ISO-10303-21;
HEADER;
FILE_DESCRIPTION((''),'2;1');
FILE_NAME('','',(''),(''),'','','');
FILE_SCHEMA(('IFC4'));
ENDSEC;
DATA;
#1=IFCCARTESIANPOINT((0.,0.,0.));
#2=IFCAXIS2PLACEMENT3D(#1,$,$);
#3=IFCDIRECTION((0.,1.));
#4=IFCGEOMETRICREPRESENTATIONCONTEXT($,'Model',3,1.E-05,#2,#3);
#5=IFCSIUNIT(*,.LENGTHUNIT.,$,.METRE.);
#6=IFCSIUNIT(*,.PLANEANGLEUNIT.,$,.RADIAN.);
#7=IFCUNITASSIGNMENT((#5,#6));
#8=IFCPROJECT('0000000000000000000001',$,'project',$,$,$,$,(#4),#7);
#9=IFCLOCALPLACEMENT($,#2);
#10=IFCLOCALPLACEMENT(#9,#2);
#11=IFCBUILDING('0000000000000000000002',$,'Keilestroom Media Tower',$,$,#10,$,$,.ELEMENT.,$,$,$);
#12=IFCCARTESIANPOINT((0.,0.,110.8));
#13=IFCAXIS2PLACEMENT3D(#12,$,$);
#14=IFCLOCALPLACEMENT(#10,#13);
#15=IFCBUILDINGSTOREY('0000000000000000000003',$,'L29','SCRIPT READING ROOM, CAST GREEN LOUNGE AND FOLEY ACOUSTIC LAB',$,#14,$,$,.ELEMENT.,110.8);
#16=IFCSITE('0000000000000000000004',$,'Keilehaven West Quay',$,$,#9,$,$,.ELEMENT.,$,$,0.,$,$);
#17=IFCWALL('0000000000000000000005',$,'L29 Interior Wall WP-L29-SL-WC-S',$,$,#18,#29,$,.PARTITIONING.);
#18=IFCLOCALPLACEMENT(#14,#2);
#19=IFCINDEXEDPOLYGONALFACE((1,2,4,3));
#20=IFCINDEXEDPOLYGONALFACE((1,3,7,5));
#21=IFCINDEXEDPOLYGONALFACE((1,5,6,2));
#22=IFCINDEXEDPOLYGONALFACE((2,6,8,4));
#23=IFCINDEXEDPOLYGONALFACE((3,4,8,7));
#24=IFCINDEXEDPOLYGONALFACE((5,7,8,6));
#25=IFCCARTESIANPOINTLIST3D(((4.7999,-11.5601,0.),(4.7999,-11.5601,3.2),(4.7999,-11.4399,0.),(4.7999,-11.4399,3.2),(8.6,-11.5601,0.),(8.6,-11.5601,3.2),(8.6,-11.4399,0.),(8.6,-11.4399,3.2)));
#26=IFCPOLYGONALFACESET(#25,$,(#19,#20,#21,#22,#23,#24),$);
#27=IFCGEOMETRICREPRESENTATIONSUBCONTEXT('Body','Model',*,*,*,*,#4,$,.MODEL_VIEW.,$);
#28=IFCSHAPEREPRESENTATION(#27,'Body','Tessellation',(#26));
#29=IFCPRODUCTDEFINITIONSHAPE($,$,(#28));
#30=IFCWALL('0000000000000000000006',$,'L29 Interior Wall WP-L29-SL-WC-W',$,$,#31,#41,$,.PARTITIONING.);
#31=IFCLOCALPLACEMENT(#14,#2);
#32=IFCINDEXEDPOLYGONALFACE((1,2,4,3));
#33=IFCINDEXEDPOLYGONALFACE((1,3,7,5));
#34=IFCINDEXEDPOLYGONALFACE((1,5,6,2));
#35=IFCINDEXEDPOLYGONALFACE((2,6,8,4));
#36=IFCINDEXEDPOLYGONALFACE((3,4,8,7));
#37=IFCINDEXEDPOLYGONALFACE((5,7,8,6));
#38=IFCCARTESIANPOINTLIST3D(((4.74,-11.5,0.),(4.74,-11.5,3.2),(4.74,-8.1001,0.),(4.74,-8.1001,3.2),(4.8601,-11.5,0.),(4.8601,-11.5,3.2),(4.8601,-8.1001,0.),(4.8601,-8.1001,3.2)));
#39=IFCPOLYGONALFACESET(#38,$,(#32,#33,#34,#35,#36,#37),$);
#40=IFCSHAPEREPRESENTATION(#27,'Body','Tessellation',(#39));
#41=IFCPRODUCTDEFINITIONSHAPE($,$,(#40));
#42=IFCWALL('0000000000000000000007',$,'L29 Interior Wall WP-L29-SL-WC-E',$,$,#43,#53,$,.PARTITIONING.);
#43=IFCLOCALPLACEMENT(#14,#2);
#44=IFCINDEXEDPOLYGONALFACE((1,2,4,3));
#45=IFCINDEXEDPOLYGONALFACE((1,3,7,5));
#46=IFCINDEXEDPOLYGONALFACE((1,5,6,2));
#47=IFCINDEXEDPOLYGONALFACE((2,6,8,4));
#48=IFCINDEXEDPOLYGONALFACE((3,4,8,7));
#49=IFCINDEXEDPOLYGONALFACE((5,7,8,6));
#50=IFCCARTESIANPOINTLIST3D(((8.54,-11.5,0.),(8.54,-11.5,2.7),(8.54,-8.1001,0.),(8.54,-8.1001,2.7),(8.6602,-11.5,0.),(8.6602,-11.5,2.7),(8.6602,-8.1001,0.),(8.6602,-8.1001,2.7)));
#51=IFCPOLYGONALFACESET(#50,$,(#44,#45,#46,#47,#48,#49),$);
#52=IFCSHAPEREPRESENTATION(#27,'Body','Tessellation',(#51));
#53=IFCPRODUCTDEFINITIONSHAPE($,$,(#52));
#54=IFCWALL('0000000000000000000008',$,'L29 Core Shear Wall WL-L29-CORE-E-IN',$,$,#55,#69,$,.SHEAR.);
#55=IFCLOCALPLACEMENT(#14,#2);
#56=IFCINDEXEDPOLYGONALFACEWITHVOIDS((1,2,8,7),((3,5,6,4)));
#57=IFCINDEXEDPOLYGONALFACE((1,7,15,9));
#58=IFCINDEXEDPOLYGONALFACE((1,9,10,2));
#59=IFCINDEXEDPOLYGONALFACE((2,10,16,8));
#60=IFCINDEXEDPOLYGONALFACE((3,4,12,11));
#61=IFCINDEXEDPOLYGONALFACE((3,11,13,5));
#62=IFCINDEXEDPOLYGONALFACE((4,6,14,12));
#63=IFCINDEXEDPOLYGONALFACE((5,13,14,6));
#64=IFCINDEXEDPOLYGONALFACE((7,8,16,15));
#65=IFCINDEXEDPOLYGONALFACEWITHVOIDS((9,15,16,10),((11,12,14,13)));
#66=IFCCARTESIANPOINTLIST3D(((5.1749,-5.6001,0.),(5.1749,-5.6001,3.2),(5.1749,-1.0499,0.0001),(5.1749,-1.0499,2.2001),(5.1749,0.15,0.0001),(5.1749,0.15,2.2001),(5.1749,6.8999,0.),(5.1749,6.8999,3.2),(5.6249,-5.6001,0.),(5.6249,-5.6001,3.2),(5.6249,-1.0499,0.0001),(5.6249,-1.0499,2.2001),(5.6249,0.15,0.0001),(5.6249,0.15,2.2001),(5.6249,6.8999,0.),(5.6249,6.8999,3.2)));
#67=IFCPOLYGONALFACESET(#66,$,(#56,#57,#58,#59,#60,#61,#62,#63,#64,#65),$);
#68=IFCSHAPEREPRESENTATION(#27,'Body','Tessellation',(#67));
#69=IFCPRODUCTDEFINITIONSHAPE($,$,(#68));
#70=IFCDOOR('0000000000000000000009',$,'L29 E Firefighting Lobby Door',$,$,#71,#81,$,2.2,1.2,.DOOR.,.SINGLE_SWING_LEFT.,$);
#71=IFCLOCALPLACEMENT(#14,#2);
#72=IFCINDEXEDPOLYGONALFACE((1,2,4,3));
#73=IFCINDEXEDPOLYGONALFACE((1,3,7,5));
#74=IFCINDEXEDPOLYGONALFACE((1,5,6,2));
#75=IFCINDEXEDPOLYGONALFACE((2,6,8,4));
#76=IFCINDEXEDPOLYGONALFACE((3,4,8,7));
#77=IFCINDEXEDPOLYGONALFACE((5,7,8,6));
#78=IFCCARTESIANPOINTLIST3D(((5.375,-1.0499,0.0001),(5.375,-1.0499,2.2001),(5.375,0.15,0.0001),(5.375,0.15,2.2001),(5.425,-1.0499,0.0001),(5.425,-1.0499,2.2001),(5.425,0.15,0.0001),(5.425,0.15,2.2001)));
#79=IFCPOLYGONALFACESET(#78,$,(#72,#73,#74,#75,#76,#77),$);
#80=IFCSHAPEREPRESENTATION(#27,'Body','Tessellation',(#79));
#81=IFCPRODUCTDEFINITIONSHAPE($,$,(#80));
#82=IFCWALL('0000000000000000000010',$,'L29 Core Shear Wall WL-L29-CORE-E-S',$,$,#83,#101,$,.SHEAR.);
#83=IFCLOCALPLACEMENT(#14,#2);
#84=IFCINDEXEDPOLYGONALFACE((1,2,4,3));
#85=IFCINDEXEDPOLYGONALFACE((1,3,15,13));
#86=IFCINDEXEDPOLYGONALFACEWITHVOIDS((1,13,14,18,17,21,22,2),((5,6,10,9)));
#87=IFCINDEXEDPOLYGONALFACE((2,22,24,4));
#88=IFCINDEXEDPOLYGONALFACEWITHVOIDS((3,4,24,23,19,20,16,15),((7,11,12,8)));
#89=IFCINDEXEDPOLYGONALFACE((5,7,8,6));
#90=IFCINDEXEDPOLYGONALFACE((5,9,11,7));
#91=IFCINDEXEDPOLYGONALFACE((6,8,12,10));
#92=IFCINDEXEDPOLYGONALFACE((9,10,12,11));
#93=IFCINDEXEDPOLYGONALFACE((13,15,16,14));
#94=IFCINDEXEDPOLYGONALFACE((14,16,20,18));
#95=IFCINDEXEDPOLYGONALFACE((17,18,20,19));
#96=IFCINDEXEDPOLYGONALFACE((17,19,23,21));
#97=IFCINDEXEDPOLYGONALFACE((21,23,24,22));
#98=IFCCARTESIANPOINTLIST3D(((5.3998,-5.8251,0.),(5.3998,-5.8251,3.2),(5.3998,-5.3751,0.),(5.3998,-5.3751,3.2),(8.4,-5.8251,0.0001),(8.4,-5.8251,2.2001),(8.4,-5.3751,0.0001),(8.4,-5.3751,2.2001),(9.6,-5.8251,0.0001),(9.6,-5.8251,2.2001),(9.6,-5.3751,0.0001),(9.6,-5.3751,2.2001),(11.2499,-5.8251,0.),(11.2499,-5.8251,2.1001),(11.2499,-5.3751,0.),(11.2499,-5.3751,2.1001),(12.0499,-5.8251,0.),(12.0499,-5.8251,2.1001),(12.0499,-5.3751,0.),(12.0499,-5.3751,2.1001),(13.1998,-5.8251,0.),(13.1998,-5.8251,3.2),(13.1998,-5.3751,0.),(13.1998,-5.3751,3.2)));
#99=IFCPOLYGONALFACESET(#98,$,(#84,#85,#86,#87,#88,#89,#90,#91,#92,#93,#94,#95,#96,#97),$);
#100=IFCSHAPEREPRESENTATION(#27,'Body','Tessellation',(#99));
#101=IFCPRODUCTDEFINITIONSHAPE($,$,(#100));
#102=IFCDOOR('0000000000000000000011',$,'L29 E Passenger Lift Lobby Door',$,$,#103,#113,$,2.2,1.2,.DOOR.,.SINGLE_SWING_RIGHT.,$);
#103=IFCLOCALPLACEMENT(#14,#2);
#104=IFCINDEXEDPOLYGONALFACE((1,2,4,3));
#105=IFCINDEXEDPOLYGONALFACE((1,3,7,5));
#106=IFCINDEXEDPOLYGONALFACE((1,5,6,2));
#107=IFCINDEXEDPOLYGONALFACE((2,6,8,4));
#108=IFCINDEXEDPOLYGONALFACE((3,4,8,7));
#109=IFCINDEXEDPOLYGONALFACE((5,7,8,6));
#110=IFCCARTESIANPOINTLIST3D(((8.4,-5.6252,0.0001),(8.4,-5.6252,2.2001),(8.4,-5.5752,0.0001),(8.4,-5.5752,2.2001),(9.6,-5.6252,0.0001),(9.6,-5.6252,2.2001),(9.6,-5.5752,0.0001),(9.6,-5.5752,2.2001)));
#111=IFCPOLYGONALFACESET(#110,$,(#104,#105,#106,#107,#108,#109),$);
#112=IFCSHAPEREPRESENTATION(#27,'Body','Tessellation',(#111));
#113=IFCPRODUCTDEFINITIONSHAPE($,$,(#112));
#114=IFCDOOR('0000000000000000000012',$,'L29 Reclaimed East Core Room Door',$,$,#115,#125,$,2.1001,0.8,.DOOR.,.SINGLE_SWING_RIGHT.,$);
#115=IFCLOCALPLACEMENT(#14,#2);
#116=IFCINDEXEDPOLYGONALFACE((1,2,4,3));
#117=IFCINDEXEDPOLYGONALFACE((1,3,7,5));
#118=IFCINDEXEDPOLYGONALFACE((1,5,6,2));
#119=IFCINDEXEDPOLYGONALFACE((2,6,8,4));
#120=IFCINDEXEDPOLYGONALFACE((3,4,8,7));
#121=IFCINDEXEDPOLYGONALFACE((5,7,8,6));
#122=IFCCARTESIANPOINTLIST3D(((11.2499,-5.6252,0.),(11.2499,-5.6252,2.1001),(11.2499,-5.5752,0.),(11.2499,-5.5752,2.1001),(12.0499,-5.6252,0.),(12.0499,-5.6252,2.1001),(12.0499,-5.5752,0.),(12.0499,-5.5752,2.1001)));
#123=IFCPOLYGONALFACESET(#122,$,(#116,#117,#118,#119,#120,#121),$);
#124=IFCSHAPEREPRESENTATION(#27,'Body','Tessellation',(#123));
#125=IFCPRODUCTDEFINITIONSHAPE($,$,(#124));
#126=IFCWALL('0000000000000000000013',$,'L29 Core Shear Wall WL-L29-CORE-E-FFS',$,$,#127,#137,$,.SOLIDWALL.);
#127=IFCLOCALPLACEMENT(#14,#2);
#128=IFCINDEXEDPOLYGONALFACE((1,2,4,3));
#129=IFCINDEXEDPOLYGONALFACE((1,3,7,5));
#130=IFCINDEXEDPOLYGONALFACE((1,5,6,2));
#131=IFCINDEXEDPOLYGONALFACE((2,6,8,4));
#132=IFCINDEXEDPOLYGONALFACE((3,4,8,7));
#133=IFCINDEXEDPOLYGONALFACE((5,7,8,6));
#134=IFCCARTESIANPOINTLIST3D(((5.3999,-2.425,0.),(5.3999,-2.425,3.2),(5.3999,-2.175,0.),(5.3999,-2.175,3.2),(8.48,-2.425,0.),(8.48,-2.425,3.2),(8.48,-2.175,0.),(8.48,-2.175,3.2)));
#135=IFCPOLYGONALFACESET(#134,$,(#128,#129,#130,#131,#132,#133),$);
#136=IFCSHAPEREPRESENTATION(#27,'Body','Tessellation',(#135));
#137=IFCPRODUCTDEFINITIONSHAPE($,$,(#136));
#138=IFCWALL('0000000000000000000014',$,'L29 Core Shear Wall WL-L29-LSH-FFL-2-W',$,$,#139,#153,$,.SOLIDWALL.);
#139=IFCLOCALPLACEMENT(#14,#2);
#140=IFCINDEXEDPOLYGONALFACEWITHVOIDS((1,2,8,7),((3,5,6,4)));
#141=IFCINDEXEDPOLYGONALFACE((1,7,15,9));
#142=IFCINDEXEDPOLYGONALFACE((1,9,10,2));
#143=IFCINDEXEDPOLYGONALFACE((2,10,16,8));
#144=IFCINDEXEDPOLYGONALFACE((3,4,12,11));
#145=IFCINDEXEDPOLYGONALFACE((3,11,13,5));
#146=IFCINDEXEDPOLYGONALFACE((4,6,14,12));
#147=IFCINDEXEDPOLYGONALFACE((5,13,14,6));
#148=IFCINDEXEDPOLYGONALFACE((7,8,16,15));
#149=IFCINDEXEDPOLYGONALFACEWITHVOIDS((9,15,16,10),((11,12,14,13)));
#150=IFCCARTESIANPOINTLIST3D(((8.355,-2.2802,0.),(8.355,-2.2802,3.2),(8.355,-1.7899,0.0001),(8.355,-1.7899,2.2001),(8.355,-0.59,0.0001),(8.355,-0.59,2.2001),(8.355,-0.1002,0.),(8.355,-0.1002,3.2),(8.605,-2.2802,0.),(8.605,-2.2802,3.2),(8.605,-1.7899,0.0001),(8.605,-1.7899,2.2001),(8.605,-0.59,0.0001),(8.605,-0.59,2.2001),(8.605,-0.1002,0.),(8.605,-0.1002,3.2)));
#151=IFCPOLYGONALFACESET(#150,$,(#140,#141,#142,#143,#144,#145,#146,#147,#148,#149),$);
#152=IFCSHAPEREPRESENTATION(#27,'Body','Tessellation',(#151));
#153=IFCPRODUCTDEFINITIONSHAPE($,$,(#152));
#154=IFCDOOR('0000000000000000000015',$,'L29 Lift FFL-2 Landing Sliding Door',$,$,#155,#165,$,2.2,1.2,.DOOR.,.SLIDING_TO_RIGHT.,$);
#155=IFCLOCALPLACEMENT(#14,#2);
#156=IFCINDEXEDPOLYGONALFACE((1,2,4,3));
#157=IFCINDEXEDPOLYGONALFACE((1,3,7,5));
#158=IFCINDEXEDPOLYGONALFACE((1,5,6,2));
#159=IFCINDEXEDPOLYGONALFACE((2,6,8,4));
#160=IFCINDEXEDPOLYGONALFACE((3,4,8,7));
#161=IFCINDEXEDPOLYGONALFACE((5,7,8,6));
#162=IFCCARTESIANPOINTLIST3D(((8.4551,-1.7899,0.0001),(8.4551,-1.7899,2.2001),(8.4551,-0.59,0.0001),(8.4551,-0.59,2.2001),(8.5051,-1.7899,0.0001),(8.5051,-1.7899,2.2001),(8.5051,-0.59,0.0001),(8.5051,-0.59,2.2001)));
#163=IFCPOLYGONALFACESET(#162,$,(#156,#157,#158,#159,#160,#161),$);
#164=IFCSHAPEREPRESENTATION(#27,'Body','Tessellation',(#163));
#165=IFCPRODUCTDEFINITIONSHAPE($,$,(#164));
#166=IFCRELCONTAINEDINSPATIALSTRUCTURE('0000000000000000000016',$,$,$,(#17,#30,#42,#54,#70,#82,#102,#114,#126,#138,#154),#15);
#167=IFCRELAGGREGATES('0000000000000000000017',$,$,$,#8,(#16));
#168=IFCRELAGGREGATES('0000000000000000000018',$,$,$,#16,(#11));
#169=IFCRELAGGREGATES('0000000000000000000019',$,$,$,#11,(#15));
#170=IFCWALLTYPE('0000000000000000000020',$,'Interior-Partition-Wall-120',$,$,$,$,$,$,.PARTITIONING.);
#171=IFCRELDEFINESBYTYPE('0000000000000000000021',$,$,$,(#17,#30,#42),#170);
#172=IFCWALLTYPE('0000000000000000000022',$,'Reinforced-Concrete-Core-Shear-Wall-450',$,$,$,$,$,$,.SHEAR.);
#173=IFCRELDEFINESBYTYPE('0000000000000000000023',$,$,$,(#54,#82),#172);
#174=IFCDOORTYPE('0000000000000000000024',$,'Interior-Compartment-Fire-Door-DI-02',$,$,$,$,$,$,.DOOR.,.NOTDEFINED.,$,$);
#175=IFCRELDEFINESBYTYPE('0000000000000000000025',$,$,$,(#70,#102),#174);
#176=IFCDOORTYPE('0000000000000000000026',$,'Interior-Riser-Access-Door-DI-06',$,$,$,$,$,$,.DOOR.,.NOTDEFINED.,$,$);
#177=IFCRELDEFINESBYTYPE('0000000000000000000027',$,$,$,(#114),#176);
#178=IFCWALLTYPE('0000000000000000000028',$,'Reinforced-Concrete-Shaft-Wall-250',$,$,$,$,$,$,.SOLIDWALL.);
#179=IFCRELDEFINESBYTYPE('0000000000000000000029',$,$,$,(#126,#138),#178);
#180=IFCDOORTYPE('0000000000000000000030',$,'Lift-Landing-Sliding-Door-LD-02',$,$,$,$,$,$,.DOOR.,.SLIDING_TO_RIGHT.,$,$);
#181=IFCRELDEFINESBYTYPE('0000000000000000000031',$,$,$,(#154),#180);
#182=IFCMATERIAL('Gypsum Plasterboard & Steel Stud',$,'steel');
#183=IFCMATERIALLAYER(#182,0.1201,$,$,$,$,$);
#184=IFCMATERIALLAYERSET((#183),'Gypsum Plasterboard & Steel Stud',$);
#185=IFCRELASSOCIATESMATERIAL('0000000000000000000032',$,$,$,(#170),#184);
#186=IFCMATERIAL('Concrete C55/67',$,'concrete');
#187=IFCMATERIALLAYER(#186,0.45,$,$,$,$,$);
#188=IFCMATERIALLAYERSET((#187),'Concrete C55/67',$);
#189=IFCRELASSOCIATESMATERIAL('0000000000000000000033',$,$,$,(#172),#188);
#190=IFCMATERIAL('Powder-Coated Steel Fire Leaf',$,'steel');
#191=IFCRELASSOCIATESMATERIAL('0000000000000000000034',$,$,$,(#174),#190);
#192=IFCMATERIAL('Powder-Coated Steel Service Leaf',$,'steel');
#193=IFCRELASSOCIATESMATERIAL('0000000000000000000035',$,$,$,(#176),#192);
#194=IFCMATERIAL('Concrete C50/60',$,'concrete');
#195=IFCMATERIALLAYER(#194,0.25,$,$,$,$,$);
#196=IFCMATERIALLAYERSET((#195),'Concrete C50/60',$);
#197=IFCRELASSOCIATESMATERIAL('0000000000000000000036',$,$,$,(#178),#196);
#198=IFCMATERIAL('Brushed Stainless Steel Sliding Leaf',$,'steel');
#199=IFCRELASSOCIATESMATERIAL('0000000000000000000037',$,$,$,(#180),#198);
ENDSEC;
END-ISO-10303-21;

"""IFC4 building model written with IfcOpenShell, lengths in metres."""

from ifc_helpers import new_model, si_unit, direction, frame, frame_2d, origin, place, context, subcontext, project, spatial, rectangle, extrude, source, transform, mapped, material, layer, layer_set, type_object, element, fill, save


model = new_model("IFC4")

# Units and contexts
model_context = context("Model", 3, precision=1e-05, world=origin(), true_north=direction((0.0, 1.0)))
body_context = subcontext(model_context, "Body", "Model", "MODEL_VIEW")
ifc_project = project(units=[si_unit("LENGTHUNIT", "METRE"), si_unit("PLANEANGLEUNIT", "RADIAN")], contexts=[model_context])

# Site, building, storey
site_placement = place(None, origin())
site = spatial("IfcSite", under=ifc_project, at=site_placement, Name="Keilehaven West Quay", CompositionType="ELEMENT", RefElevation=0.0)
building_placement = place(site_placement, origin())
building = spatial("IfcBuilding", under=site, at=building_placement, Name="Keilestroom Media Tower", CompositionType="ELEMENT")
storey_placement = place(building_placement, frame((0.0, 0.0, 110.8)))
storey = spatial("IfcBuildingStorey", under=building, at=storey_placement, Name="L29", Description="SCRIPT READING ROOM, CAST GREEN LOUNGE AND FOLEY ACOUSTIC LAB", CompositionType="ELEMENT", Elevation=110.8)

# Shared definitions
ifc_material_1 = material(Name="Concrete C55/67", Category="concrete")

# Walls
ifc_material_2 = material(Name="Gypsum Plasterboard & Steel Stud", Category="steel")
ifc_layer_1 = layer(ifc_material_2, 0.1201)
ifc_layer_set_1 = layer_set([ifc_layer_1], Name="Gypsum Plasterboard & Steel Stud")
wall_type_1 = type_object("IfcWallType", Name="Interior-Partition-Wall-120", PredefinedType="PARTITIONING", material=ifc_layer_set_1)
wall_1_placement = place(storey_placement, frame((4.8, -11.5, 0.0), z_axis=(0.0, 0.0, 1.0), x_axis=(1.0, 0.0, 0.0)))
element("IfcWall", 1, at=wall_1_placement, inside=storey, type_object=wall_type_1, Name="L29 Interior Wall WP-L29-SL-WC-S", PredefinedType="PARTITIONING", context=body_context, shape_type="SweptSolid", body=[
    extrude(rectangle(XDim=3.8, YDim=0.1201, at=frame_2d((1.8999, 0.0))), origin(), (0.0, 0.0, 1.0), 3.2),
])
wall_2_placement = place(storey_placement, frame((4.8, -11.5, 0.0), z_axis=(0.0, 0.0, 1.0), x_axis=(0.0, 1.0, 0.0)))
element("IfcWall", 2, at=wall_2_placement, inside=storey, type_object=wall_type_1, Name="L29 Interior Wall WP-L29-SL-WC-W", PredefinedType="PARTITIONING", context=body_context, shape_type="SweptSolid", body=[
    extrude(rectangle(XDim=3.3999, YDim=0.1201, at=frame_2d((1.7, 0.0))), origin(), (0.0, 0.0, 1.0), 3.2),
])
wall_3_placement = place(storey_placement, frame((8.6001, -11.5, 0.0), z_axis=(0.0, 0.0, 1.0), x_axis=(0.0, 1.0, 0.0)))
element("IfcWall", 3, at=wall_3_placement, inside=storey, type_object=wall_type_1, Name="L29 Interior Wall WP-L29-SL-WC-E", PredefinedType="PARTITIONING", context=body_context, shape_type="SweptSolid", body=[
    extrude(rectangle(XDim=3.3999, YDim=0.1201, at=frame_2d((1.7, 0.0))), origin(), (0.0, 0.0, 1.0), 2.7),
])

# Wall, opening, door
ifc_layer_2 = layer(ifc_material_1, 0.45)
ifc_layer_set_2 = layer_set([ifc_layer_2], Name="Concrete C55/67")
wall_type_2 = type_object("IfcWallType", Name="Reinforced-Concrete-Core-Shear-Wall-450", PredefinedType="SHEAR", material=ifc_layer_set_2)
wall_4_placement = place(storey_placement, frame((5.3999, -5.6001, 0.0), z_axis=(0.0, 0.0, 1.0), x_axis=(0.0, 1.0, 0.0)))
wall_4 = element("IfcWall", 4, at=wall_4_placement, inside=storey, type_object=wall_type_2, Name="L29 Core Shear Wall WL-L29-CORE-E-IN", PredefinedType="SHEAR", context=body_context, shape_type="SweptSolid", body=[
    extrude(rectangle(XDim=12.5, YDim=0.45, at=frame_2d((6.25, 0.0))), origin(), (0.0, 0.0, 1.0), 3.2),
])
opening_1_placement = place(wall_4_placement, frame((4.55, 0.0, 0.0)))
opening_1 = element("IfcOpeningElement", 5, at=opening_1_placement, cuts=wall_4, PredefinedType="OPENING", context=body_context, shape_type="SweptSolid", body=[
    extrude(rectangle(XDim=1.2, YDim=2.2, at=frame_2d((0.6001, 1.1001))), frame((0.0, 0.2349, 0.0), z_axis=(0.0, -1.0, 0.0), x_axis=(1.0, 0.0, 0.0)), (0.0, 0.0, 1.0), 0.47),
])
ifc_material_3 = material(Name="Powder-Coated Steel Fire Leaf", Category="steel")
door_type_1 = type_object("IfcDoorType", Name="Interior-Compartment-Fire-Door-DI-02", OperationType="NOTDEFINED", PredefinedType="DOOR", material=ifc_material_3)
shared_shape_1 = source(origin(), body_context, "Body", "SweptSolid", [
    extrude(rectangle(XDim=1.2, YDim=2.2, at=frame_2d((0.6001, 1.1001))), frame((0.0, 0.0249, 0.0), z_axis=(0.0, -1.0, 0.0), x_axis=(1.0, 0.0, 0.0)), (0.0, 0.0, 1.0), 0.05),
])
door_1_placement = place(opening_1_placement, origin())
door_1 = element("IfcDoor", 6, at=door_1_placement, inside=storey, type_object=door_type_1, Name="L29 E Firefighting Lobby Door", OperationType="SINGLE_SWING_LEFT", OverallHeight=2.2, OverallWidth=1.2, PredefinedType="DOOR", context=body_context, shape_type="MappedRepresentation", body=[
    mapped(shared_shape_1, transform((0.0, 0.0, 0.0), x_axis=(1.0, 0.0, 0.0), y_axis=(0.0, 1.0, 0.0), z_axis=(0.0, 0.0, 1.0), scale=1.0)),
])
fill(opening_1, door_1)

# Wall, openings, doors
wall_5_placement = place(storey_placement, frame((5.3999, -5.6001, 0.0), z_axis=(0.0, 0.0, 1.0), x_axis=(1.0, 0.0, 0.0)))
wall_5 = element("IfcWall", 7, at=wall_5_placement, inside=storey, type_object=wall_type_2, Name="L29 Core Shear Wall WL-L29-CORE-E-S", PredefinedType="SHEAR", context=body_context, shape_type="SweptSolid", body=[
    extrude(rectangle(XDim=7.8, YDim=0.45, at=frame_2d((3.8999, 0.0))), origin(), (0.0, 0.0, 1.0), 3.2),
])
opening_2_placement = place(wall_5_placement, frame((3.0, 0.0, 0.0)))
opening_2 = element("IfcOpeningElement", 8, at=opening_2_placement, cuts=wall_5, PredefinedType="OPENING", context=body_context, shape_type="SweptSolid", body=[
    extrude(rectangle(XDim=1.2, YDim=2.2, at=frame_2d((0.6001, 1.1001))), frame((0.0, 0.2349, 0.0), z_axis=(0.0, -1.0, 0.0), x_axis=(1.0, 0.0, 0.0)), (0.0, 0.0, 1.0), 0.47),
])
opening_3_placement = place(wall_5_placement, frame((5.8501, 0.0, 0.0)))
opening_3 = element("IfcOpeningElement", 9, at=opening_3_placement, cuts=wall_5, PredefinedType="OPENING", context=body_context, shape_type="SweptSolid", body=[
    extrude(rectangle(XDim=0.8, YDim=2.1001, at=frame_2d((0.3999, 1.05))), frame((0.0, 0.2349, 0.0), z_axis=(0.0, -1.0, 0.0), x_axis=(1.0, 0.0, 0.0)), (0.0, 0.0, 1.0), 0.47),
])
door_2_placement = place(opening_2_placement, origin())
door_2 = element("IfcDoor", 10, at=door_2_placement, inside=storey, type_object=door_type_1, Name="L29 E Passenger Lift Lobby Door", OperationType="SINGLE_SWING_RIGHT", OverallHeight=2.2, OverallWidth=1.2, PredefinedType="DOOR", context=body_context, shape_type="MappedRepresentation", body=[
    mapped(shared_shape_1, transform((0.0, 0.0, 0.0), x_axis=(1.0, 0.0, 0.0), y_axis=(0.0, 1.0, 0.0), z_axis=(0.0, 0.0, 1.0), scale=1.0)),
])
fill(opening_2, door_2)
ifc_material_4 = material(Name="Powder-Coated Steel Service Leaf", Category="steel")
door_type_2 = type_object("IfcDoorType", Name="Interior-Riser-Access-Door-DI-06", OperationType="NOTDEFINED", PredefinedType="DOOR", material=ifc_material_4)
shared_shape_2 = source(origin(), body_context, "Body", "SweptSolid", [
    extrude(rectangle(XDim=0.8, YDim=2.1001, at=frame_2d((0.3999, 1.05))), frame((0.0, 0.0249, 0.0), z_axis=(0.0, -1.0, 0.0), x_axis=(1.0, 0.0, 0.0)), (0.0, 0.0, 1.0), 0.05),
])
door_3_placement = place(opening_3_placement, origin())
door_3 = element("IfcDoor", 11, at=door_3_placement, inside=storey, type_object=door_type_2, Name="L29 Reclaimed East Core Room Door", OperationType="SINGLE_SWING_RIGHT", OverallHeight=2.1001, OverallWidth=0.8, PredefinedType="DOOR", context=body_context, shape_type="MappedRepresentation", body=[
    mapped(shared_shape_2, transform((0.0, 0.0, 0.0), x_axis=(1.0, 0.0, 0.0), y_axis=(0.0, 1.0, 0.0), z_axis=(0.0, 0.0, 1.0), scale=1.0)),
])
fill(opening_3, door_3)

# Wall
ifc_material_5 = material(Name="Concrete C50/60", Category="concrete")
ifc_layer_3 = layer(ifc_material_5, 0.25)
ifc_layer_set_3 = layer_set([ifc_layer_3], Name="Concrete C50/60")
wall_type_3 = type_object("IfcWallType", Name="Reinforced-Concrete-Shaft-Wall-250", PredefinedType="SOLIDWALL", material=ifc_layer_set_3)
wall_6_placement = place(storey_placement, frame((5.3999, -2.3, 0.0), z_axis=(0.0, 0.0, 1.0), x_axis=(1.0, 0.0, 0.0)))
element("IfcWall", 12, at=wall_6_placement, inside=storey, type_object=wall_type_3, Name="L29 Core Shear Wall WL-L29-CORE-E-FFS", PredefinedType="SOLIDWALL", context=body_context, shape_type="SweptSolid", body=[
    extrude(rectangle(XDim=3.0801, YDim=0.25, at=frame_2d((1.54, 0.0))), origin(), (0.0, 0.0, 1.0), 3.2),
])

# Wall, opening, door
wall_7_placement = place(storey_placement, frame((8.48, -2.28, 0.0), z_axis=(0.0, 0.0, 1.0), x_axis=(0.0, 1.0, 0.0)))
wall_7 = element("IfcWall", 13, at=wall_7_placement, inside=storey, type_object=wall_type_3, Name="L29 Core Shear Wall WL-L29-LSH-FFL-2-W", PredefinedType="SOLIDWALL", context=body_context, shape_type="SweptSolid", body=[
    extrude(rectangle(XDim=2.1799, YDim=0.25, at=frame_2d((1.0898, 0.0))), origin(), (0.0, 0.0, 1.0), 3.2),
])
opening_4_placement = place(wall_7_placement, frame((0.49, 0.0, 0.0)))
opening_4 = element("IfcOpeningElement", 14, at=opening_4_placement, cuts=wall_7, PredefinedType="OPENING", context=body_context, shape_type="SweptSolid", body=[
    extrude(rectangle(XDim=1.2, YDim=2.2, at=frame_2d((0.6001, 1.1001))), frame((0.0, 0.135, 0.0), z_axis=(0.0, -1.0, 0.0), x_axis=(1.0, 0.0, 0.0)), (0.0, 0.0, 1.0), 0.27),
])
ifc_material_6 = material(Name="Brushed Stainless Steel Sliding Leaf", Category="steel")
door_type_3 = type_object("IfcDoorType", Name="Lift-Landing-Sliding-Door-LD-02", OperationType="SLIDING_TO_RIGHT", PredefinedType="DOOR", material=ifc_material_6)
door_4_placement = place(opening_4_placement, origin())
door_4 = element("IfcDoor", 15, at=door_4_placement, inside=storey, type_object=door_type_3, Name="L29 Lift FFL-2 Landing Sliding Door", OperationType="SLIDING_TO_RIGHT", OverallHeight=2.2, OverallWidth=1.2, PredefinedType="DOOR", context=body_context, shape_type="MappedRepresentation", body=[
    mapped(shared_shape_1, transform((0.0, 0.0, 0.0), x_axis=(1.0, 0.0, 0.0), y_axis=(0.0, 1.0, 0.0), z_axis=(0.0, 0.0, 1.0), scale=1.0)),
])
fill(opening_4, door_4)

save(model, "model.ifc")
